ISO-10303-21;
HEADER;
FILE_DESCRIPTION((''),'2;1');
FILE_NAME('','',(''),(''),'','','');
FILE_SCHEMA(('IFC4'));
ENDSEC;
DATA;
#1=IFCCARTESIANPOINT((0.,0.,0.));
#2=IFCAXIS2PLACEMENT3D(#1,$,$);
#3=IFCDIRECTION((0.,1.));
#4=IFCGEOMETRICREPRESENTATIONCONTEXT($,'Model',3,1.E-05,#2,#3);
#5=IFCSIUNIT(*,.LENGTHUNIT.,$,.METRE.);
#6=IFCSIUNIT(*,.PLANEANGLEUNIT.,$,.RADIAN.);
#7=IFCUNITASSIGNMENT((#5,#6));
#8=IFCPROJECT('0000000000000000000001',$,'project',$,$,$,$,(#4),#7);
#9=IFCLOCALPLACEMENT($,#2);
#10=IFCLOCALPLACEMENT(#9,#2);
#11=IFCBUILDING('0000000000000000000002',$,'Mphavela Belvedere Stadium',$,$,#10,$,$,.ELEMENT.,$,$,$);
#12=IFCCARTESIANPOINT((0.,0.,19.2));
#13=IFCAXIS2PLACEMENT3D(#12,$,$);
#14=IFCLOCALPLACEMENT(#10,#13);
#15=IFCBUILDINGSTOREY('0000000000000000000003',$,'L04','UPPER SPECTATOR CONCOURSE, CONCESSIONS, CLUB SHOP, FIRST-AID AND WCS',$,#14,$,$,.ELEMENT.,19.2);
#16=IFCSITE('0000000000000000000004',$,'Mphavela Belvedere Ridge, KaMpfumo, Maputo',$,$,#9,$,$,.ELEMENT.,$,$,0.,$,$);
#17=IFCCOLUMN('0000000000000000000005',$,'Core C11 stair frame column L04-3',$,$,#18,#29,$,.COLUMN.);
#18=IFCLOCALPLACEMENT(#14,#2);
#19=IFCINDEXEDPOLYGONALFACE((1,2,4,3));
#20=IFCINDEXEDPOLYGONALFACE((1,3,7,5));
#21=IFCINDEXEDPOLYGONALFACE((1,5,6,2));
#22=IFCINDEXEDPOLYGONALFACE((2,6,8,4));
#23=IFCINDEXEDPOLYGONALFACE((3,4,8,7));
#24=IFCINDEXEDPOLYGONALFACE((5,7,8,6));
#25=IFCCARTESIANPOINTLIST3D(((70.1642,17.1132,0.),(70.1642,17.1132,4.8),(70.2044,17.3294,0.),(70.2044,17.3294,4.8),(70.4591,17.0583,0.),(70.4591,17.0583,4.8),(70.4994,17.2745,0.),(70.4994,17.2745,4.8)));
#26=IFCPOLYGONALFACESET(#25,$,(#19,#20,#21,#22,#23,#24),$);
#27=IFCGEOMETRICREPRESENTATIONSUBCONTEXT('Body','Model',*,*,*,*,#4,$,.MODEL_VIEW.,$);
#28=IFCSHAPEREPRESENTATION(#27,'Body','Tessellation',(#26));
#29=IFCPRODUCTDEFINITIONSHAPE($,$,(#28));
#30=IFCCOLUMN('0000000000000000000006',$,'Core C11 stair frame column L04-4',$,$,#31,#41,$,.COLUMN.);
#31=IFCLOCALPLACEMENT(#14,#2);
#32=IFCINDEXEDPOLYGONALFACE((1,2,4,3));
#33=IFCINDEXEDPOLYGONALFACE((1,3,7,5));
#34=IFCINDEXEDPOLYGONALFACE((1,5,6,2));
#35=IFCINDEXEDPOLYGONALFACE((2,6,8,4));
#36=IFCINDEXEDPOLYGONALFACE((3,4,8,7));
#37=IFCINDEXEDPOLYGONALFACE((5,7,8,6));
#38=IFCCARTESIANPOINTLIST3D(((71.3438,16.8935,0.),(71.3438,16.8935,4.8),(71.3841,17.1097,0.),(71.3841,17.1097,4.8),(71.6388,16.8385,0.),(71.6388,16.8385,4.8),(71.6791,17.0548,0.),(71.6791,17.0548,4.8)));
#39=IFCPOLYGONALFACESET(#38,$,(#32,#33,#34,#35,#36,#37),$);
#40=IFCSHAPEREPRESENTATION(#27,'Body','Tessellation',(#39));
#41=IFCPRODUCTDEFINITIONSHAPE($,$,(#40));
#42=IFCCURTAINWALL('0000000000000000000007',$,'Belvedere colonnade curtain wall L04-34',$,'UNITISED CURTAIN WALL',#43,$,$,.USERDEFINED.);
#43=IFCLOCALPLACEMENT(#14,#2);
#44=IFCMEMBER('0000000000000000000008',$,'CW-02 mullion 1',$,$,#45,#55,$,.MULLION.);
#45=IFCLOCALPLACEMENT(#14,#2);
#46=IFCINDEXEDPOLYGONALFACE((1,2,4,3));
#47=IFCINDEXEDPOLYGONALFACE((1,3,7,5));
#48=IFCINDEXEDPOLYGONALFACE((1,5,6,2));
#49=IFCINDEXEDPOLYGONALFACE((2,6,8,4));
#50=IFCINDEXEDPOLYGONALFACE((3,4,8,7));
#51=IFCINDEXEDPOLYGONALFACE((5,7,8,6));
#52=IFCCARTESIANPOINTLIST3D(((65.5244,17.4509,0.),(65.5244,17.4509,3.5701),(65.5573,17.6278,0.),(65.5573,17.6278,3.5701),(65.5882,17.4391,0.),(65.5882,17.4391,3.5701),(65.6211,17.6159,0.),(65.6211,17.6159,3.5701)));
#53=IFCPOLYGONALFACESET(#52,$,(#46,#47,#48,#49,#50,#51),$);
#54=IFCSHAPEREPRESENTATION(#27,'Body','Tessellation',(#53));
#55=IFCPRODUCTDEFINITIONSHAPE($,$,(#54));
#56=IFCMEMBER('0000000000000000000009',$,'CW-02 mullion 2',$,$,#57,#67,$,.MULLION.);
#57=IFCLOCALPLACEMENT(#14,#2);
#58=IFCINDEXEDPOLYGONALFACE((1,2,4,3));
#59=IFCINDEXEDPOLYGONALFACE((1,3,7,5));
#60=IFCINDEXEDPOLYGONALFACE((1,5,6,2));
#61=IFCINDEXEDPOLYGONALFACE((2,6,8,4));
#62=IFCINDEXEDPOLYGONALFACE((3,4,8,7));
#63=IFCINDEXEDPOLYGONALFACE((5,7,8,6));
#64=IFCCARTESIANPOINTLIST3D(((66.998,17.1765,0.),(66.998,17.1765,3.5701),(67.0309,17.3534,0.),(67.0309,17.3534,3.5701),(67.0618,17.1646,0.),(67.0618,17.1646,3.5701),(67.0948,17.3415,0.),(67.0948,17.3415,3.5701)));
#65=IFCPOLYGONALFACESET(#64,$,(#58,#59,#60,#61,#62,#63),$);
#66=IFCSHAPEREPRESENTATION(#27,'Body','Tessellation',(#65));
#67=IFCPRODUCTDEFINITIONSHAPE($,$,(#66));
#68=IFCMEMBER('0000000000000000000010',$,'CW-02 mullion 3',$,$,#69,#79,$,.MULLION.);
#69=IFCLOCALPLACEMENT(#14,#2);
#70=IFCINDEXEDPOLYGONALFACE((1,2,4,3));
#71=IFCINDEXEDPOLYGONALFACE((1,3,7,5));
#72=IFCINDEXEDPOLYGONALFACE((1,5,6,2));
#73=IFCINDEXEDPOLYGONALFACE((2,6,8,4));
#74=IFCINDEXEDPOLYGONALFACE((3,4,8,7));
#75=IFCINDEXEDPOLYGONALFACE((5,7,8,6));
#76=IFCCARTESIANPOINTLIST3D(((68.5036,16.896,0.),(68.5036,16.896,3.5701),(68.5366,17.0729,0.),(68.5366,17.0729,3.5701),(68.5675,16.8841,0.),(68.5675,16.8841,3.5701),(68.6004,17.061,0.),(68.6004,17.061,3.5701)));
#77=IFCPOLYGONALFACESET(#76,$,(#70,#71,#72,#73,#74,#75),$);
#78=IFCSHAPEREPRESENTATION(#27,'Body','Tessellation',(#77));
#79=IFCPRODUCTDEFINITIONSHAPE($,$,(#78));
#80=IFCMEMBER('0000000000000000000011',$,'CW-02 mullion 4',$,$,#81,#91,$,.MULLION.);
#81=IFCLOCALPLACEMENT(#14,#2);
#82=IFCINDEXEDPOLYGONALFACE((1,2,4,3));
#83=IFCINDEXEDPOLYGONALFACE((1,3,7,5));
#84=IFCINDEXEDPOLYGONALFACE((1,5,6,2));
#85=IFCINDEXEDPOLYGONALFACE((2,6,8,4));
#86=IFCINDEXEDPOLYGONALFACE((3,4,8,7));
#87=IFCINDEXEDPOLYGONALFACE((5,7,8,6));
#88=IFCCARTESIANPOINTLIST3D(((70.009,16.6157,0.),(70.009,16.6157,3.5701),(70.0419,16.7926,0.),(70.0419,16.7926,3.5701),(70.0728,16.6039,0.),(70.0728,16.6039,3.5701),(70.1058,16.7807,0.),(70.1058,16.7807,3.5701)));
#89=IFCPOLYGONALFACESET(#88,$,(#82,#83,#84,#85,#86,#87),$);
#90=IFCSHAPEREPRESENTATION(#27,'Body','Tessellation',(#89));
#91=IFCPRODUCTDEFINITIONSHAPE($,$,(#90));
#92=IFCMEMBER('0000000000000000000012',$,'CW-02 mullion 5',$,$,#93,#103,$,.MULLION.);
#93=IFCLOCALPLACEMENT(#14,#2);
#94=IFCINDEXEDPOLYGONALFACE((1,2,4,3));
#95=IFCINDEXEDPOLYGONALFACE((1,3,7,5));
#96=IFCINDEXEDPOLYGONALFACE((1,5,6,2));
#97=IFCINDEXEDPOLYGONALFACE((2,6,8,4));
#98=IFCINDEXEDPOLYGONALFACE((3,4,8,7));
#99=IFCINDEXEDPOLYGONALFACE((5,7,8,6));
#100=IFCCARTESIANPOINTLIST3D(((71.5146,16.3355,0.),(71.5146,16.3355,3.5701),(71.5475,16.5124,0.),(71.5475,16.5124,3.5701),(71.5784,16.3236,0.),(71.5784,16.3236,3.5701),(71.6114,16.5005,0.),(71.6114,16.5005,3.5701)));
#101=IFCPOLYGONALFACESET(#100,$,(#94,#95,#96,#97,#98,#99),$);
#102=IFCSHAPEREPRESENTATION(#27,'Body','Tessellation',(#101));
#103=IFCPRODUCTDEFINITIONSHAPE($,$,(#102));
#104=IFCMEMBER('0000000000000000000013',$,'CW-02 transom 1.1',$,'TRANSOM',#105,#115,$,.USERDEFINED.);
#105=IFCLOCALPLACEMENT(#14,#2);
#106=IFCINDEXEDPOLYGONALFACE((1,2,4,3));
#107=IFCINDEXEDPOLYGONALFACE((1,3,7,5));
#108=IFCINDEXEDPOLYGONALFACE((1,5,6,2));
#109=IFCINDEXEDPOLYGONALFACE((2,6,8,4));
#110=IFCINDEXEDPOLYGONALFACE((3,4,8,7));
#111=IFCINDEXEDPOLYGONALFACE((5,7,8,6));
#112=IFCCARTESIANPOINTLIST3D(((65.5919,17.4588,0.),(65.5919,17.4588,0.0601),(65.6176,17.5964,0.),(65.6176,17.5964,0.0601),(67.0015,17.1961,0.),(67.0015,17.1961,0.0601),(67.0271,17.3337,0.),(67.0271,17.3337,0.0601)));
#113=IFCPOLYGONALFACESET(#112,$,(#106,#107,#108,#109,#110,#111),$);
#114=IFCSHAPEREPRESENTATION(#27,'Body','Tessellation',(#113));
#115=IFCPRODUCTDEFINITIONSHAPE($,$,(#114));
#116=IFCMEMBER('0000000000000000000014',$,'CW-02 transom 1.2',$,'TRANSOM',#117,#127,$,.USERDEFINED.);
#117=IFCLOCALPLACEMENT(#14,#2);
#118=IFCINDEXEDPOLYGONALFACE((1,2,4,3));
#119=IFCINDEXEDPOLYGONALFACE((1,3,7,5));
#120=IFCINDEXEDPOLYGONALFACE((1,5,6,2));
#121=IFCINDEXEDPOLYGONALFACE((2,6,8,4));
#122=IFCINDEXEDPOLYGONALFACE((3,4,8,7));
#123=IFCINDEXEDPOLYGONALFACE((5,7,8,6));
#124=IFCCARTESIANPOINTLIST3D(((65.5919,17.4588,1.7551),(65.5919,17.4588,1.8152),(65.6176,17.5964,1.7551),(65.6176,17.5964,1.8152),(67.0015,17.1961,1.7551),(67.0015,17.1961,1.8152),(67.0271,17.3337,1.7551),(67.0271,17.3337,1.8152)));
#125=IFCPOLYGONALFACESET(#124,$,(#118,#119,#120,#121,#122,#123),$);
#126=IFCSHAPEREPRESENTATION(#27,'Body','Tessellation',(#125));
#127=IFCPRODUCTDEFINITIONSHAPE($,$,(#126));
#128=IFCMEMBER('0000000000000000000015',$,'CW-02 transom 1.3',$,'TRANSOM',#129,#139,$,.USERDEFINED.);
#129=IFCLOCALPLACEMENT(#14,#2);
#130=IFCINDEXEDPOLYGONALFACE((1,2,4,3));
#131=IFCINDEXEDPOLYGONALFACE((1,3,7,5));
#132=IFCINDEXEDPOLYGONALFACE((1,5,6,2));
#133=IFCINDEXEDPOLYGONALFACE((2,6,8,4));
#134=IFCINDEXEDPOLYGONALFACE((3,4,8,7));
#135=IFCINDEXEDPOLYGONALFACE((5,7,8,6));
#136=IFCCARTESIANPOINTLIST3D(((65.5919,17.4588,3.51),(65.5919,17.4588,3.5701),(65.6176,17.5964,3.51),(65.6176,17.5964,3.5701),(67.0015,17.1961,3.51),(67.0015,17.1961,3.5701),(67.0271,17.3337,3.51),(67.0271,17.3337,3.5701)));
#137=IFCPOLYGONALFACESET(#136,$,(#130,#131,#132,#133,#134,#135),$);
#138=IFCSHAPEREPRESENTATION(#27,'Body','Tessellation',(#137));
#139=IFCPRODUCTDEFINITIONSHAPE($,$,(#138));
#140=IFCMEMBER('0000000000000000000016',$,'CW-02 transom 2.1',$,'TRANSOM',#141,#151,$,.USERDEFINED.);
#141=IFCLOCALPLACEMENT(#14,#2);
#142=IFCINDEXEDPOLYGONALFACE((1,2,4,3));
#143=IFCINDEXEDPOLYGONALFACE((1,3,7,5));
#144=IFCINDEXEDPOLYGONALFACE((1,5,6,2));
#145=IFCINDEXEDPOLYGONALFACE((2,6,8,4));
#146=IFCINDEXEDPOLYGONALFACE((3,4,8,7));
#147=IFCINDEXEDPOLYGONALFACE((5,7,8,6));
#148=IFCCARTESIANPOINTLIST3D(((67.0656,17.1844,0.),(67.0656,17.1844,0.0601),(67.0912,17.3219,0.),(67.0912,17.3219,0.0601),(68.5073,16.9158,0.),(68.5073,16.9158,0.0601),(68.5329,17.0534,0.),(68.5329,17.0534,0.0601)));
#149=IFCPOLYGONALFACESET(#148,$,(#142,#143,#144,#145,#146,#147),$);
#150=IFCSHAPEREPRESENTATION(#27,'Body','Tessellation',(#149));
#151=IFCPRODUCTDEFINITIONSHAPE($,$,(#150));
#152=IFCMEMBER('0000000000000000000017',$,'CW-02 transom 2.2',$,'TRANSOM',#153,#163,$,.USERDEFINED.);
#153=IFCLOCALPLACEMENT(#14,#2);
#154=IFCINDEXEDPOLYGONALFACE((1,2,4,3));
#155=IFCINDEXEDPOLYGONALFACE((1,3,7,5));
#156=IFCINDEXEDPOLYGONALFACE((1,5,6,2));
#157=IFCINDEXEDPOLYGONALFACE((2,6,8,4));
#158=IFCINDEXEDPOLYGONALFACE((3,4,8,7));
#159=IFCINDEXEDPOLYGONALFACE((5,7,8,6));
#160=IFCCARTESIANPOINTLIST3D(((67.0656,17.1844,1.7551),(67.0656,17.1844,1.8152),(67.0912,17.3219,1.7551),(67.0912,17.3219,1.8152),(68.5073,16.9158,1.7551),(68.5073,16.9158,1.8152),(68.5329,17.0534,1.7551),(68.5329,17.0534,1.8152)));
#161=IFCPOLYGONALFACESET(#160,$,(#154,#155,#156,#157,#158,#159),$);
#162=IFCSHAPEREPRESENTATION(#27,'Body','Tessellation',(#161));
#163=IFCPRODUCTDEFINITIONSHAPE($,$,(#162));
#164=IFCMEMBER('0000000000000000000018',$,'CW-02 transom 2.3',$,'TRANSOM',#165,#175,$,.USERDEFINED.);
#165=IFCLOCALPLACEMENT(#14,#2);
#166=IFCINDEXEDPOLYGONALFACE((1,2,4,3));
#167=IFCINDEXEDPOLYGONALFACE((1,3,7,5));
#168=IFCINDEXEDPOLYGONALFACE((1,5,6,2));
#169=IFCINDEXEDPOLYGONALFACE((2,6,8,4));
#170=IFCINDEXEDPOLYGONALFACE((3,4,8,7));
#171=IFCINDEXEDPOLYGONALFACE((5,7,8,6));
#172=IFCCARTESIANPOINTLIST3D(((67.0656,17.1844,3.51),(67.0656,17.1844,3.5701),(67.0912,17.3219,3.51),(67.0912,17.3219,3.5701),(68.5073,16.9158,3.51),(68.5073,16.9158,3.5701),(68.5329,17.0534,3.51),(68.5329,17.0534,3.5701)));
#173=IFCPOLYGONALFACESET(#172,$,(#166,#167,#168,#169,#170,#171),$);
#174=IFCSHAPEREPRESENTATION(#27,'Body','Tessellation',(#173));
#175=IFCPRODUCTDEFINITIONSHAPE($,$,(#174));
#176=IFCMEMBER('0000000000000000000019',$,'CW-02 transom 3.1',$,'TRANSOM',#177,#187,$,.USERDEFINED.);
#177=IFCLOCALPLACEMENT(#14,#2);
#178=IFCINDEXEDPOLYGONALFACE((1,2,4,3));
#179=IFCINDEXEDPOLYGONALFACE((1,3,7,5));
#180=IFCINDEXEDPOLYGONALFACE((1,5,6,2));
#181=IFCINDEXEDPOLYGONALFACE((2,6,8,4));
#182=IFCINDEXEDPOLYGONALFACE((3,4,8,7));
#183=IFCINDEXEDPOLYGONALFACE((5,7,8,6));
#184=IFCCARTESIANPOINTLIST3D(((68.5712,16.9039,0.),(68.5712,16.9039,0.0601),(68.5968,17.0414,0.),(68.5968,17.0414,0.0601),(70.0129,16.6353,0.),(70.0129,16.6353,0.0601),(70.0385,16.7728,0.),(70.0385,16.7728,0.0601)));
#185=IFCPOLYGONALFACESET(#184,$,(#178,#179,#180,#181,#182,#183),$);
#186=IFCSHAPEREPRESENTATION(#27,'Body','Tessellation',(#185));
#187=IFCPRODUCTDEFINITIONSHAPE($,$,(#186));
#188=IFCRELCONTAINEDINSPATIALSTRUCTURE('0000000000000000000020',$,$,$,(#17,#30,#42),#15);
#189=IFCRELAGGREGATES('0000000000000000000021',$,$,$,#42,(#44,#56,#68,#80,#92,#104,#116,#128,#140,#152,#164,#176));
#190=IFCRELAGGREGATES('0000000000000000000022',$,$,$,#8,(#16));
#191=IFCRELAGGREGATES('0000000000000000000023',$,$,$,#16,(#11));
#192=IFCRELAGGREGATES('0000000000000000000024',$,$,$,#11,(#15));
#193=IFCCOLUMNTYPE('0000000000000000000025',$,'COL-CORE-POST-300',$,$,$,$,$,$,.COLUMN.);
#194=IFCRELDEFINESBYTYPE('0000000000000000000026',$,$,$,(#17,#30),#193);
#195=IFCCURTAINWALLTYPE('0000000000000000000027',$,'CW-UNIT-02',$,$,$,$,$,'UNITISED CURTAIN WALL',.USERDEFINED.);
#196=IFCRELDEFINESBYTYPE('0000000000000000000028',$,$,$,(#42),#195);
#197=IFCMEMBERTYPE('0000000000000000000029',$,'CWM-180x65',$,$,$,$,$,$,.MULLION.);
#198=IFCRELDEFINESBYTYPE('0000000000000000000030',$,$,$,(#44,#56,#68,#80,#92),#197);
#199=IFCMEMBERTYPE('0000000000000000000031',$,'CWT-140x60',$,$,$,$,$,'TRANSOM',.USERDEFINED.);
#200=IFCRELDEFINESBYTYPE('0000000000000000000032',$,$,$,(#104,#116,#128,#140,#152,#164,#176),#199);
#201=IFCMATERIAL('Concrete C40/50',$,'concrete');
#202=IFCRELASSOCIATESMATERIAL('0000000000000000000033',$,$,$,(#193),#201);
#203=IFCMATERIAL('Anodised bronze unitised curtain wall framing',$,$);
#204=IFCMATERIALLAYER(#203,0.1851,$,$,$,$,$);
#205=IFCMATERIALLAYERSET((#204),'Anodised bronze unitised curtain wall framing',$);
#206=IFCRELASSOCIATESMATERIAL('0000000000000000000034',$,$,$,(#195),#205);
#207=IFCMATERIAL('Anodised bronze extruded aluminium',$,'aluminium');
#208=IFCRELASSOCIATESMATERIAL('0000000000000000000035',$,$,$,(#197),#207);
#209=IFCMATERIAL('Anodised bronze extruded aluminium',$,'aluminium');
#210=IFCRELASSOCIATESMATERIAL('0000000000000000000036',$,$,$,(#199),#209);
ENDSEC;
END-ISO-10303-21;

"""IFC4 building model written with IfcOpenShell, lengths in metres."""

from ifc_helpers import new_model, si_unit, direction, frame, origin, origin_2d, place, context, subcontext, project, spatial, rectangle, extrude, material, layer, layer_set, material_profile, profile_set, type_object, element, aggregate, save


model = new_model("IFC4")

# Units and contexts
model_context = context("Model", 3, precision=1e-05, world=origin(), true_north=direction((0.0, 1.0)))
body_context = subcontext(model_context, "Body", "Model", "MODEL_VIEW")
ifc_project = project(units=[si_unit("LENGTHUNIT", "METRE"), si_unit("PLANEANGLEUNIT", "RADIAN")], contexts=[model_context])

# Site, building, storey
site_placement = place(None, origin())
site = spatial("IfcSite", under=ifc_project, at=site_placement, Name="Mphavela Belvedere Ridge, KaMpfumo, Maputo", CompositionType="ELEMENT", RefElevation=0.0)
building_placement = place(site_placement, origin())
building = spatial("IfcBuilding", under=site, at=building_placement, Name="Mphavela Belvedere Stadium", CompositionType="ELEMENT")
storey_placement = place(building_placement, frame((0.0, 0.0, 19.2)))
storey = spatial("IfcBuildingStorey", under=building, at=storey_placement, Name="L04", Description="UPPER SPECTATOR CONCOURSE, CONCESSIONS, CLUB SHOP, FIRST-AID AND WCS", CompositionType="ELEMENT", Elevation=19.2)

# Columns
ifc_material_1 = material(Name="Concrete C40/50", Category="concrete")
ifc_material_profile_1 = material_profile(ifc_material_1, rectangle(XDim=0.3, YDim=0.22, at=origin_2d()), Name="RC 300x220")
ifc_profile_set_1 = profile_set([ifc_material_profile_1], Name="Concrete C40/50")
column_type = type_object("IfcColumnType", Name="COL-CORE-POST-300", PredefinedType="COLUMN", material=ifc_profile_set_1)
for number, where, z_axis, x_axis, name in (
    (1, (70.3318, 17.1938, 0.0), (0.0, 0.0, 1.0), (-0.983096, 0.183094, 0.0), "Core C11 stair frame column L04-3"),
    (2, (71.5115, 16.9741, 0.0), (0.0, 0.0, 1.0), (-0.983096, 0.183094, 0.0), "Core C11 stair frame column L04-4"),
):
    element("IfcColumn", number, at=place(storey_placement, frame(where, z_axis=z_axis, x_axis=x_axis)), inside=storey, type_object=column_type, Name=name, PredefinedType="COLUMN", context=body_context, shape_type="SweptSolid", body=[
        extrude(rectangle(XDim=0.3, YDim=0.22, at=origin_2d()), origin(), (0.0, 0.0, 1.0), 4.8),
    ])

# Curtain wall, members
ifc_material_2 = material(Name="Anodised bronze unitised curtain wall framing")
ifc_layer_1 = layer(ifc_material_2, 0.1851)
ifc_layer_set_1 = layer_set([ifc_layer_1], Name="Anodised bronze unitised curtain wall framing")
curtain_wall_type = type_object("IfcCurtainWallType", Name="CW-UNIT-02", ElementType="UNITISED CURTAIN WALL", PredefinedType="USERDEFINED", material=ifc_layer_set_1)
curtain_wall_placement = place(storey_placement, origin())
curtain_wall = element("IfcCurtainWall", 3, at=curtain_wall_placement, inside=storey, type_object=curtain_wall_type, Name="Belvedere colonnade curtain wall L04-34", ObjectType="UNITISED CURTAIN WALL", PredefinedType="USERDEFINED")
ifc_material_3 = material(Name="Anodised bronze extruded aluminium", Category="aluminium")
ifc_material_profile_2 = material_profile(ifc_material_3, rectangle(XDim=0.1799, YDim=0.0649, at=origin_2d()), Name="CW-MUL 180x65")
ifc_profile_set_2 = profile_set([ifc_material_profile_2], Name="Anodised bronze extruded aluminium")
member_type_1 = type_object("IfcMemberType", Name="CWM-180x65", PredefinedType="MULLION", material=ifc_profile_set_2)
member_1_placement = place(storey_placement, frame((65.5728, 17.5334, 0.0), z_axis=(0.0, 0.0, 1.0), x_axis=(0.183091, 0.983096, 0.0)))
member_1 = element("IfcMember", 4, at=member_1_placement, type_object=member_type_1, Name="CW-02 mullion 1", PredefinedType="MULLION", context=body_context, shape_type="SweptSolid", body=[
    extrude(rectangle(XDim=0.1799, YDim=0.0649, at=origin_2d()), origin(), (0.0, 0.0, 1.0), 3.5701),
])
member_2_placement = place(storey_placement, frame((67.0464, 17.259, 0.0), z_axis=(0.0, 0.0, 1.0), x_axis=(0.183091, 0.983096, 0.0)))
member_2 = element("IfcMember", 5, at=member_2_placement, type_object=member_type_1, Name="CW-02 mullion 2", PredefinedType="MULLION", context=body_context, shape_type="SweptSolid", body=[
    extrude(rectangle(XDim=0.1799, YDim=0.0649, at=origin_2d()), origin(), (0.0, 0.0, 1.0), 3.5701),
])
member_3_placement = place(storey_placement, frame((68.552, 16.9785, 0.0), z_axis=(0.0, 0.0, 1.0), x_axis=(0.183091, 0.983096, 0.0)))
member_3 = element("IfcMember", 6, at=member_3_placement, type_object=member_type_1, Name="CW-02 mullion 3", PredefinedType="MULLION", context=body_context, shape_type="SweptSolid", body=[
    extrude(rectangle(XDim=0.1799, YDim=0.0649, at=origin_2d()), origin(), (0.0, 0.0, 1.0), 3.5701),
])
member_4_placement = place(storey_placement, frame((70.0574, 16.6982, 0.0), z_axis=(0.0, 0.0, 1.0), x_axis=(0.183091, 0.983096, 0.0)))
member_4 = element("IfcMember", 7, at=member_4_placement, type_object=member_type_1, Name="CW-02 mullion 4", PredefinedType="MULLION", context=body_context, shape_type="SweptSolid", body=[
    extrude(rectangle(XDim=0.1799, YDim=0.0649, at=origin_2d()), origin(), (0.0, 0.0, 1.0), 3.5701),
])
member_5_placement = place(storey_placement, frame((71.563, 16.418, 0.0), z_axis=(0.0, 0.0, 1.0), x_axis=(0.183091, 0.983096, 0.0)))
member_5 = element("IfcMember", 8, at=member_5_placement, type_object=member_type_1, Name="CW-02 mullion 5", PredefinedType="MULLION", context=body_context, shape_type="SweptSolid", body=[
    extrude(rectangle(XDim=0.1799, YDim=0.0649, at=origin_2d()), origin(), (0.0, 0.0, 1.0), 3.5701),
])
ifc_material_4 = material(Name="Anodised bronze extruded aluminium", Category="aluminium")
ifc_material_profile_3 = material_profile(ifc_material_4, rectangle(XDim=0.1399, YDim=0.0601, at=origin_2d()), Name="CW-TRN 140x60")
ifc_profile_set_3 = profile_set([ifc_material_profile_3], Name="Anodised bronze extruded aluminium")
member_type_2 = type_object("IfcMemberType", Name="CWT-140x60", ElementType="TRANSOM", PredefinedType="USERDEFINED", material=ifc_profile_set_3)
member_6_placement = place(storey_placement, frame((65.6047, 17.5276, 0.03), z_axis=(0.983076, -0.183199, 0.0), x_axis=(0.183199, 0.983076, 0.0)))
member_6 = element("IfcMember", 9, at=member_6_placement, type_object=member_type_2, Name="CW-02 transom 1.1", ObjectType="TRANSOM", PredefinedType="USERDEFINED", context=body_context, shape_type="SweptSolid", body=[
    extrude(rectangle(XDim=0.1399, YDim=0.0601, at=origin_2d()), origin(), (0.0, 0.0, 1.0), 1.4338),
])
member_7_placement = place(storey_placement, frame((65.6047, 17.5276, 1.7852), z_axis=(0.983076, -0.183199, 0.0), x_axis=(0.183199, 0.983076, 0.0)))
member_7 = element("IfcMember", 10, at=member_7_placement, type_object=member_type_2, Name="CW-02 transom 1.2", ObjectType="TRANSOM", PredefinedType="USERDEFINED", context=body_context, shape_type="SweptSolid", body=[
    extrude(rectangle(XDim=0.1399, YDim=0.0601, at=origin_2d()), origin(), (0.0, 0.0, 1.0), 1.4338),
])
member_8_placement = place(storey_placement, frame((65.6047, 17.5276, 3.54), z_axis=(0.983076, -0.183199, 0.0), x_axis=(0.183199, 0.983076, 0.0)))
member_8 = element("IfcMember", 11, at=member_8_placement, type_object=member_type_2, Name="CW-02 transom 1.3", ObjectType="TRANSOM", PredefinedType="USERDEFINED", context=body_context, shape_type="SweptSolid", body=[
    extrude(rectangle(XDim=0.1399, YDim=0.0601, at=origin_2d()), origin(), (0.0, 0.0, 1.0), 1.4338),
])
member_9_placement = place(storey_placement, frame((67.0784, 17.2532, 0.03), z_axis=(0.983088, -0.183132, 0.0), x_axis=(0.183132, 0.983088, 0.0)))
member_9 = element("IfcMember", 12, at=member_9_placement, type_object=member_type_2, Name="CW-02 transom 2.1", ObjectType="TRANSOM", PredefinedType="USERDEFINED", context=body_context, shape_type="SweptSolid", body=[
    extrude(rectangle(XDim=0.1399, YDim=0.0601, at=origin_2d()), origin(), (0.0, 0.0, 1.0), 1.4666),
])
member_10_placement = place(storey_placement, frame((67.0784, 17.2532, 1.7852), z_axis=(0.983088, -0.183132, 0.0), x_axis=(0.183132, 0.983088, 0.0)))
member_10 = element("IfcMember", 13, at=member_10_placement, type_object=member_type_2, Name="CW-02 transom 2.2", ObjectType="TRANSOM", PredefinedType="USERDEFINED", context=body_context, shape_type="SweptSolid", body=[
    extrude(rectangle(XDim=0.1399, YDim=0.0601, at=origin_2d()), origin(), (0.0, 0.0, 1.0), 1.4666),
])
member_11_placement = place(storey_placement, frame((67.0784, 17.2532, 3.54), z_axis=(0.983088, -0.183132, 0.0), x_axis=(0.183132, 0.983088, 0.0)))
member_11 = element("IfcMember", 14, at=member_11_placement, type_object=member_type_2, Name="CW-02 transom 2.3", ObjectType="TRANSOM", PredefinedType="USERDEFINED", context=body_context, shape_type="SweptSolid", body=[
    extrude(rectangle(XDim=0.1399, YDim=0.0601, at=origin_2d()), origin(), (0.0, 0.0, 1.0), 1.4666),
])
member_12_placement = place(storey_placement, frame((68.584, 16.9727, 0.03), z_axis=(0.983088, -0.183132, 0.0), x_axis=(0.183132, 0.983088, 0.0)))
member_12 = element("IfcMember", 15, at=member_12_placement, type_object=member_type_2, Name="CW-02 transom 3.1", ObjectType="TRANSOM", PredefinedType="USERDEFINED", context=body_context, shape_type="SweptSolid", body=[
    extrude(rectangle(XDim=0.1399, YDim=0.0601, at=origin_2d()), origin(), (0.0, 0.0, 1.0), 1.4666),
])
aggregate(curtain_wall, [member_1, member_2, member_3, member_4, member_5, member_6, member_7, member_8, member_9, member_10, member_11, member_12])

save(model, "model.ifc")
